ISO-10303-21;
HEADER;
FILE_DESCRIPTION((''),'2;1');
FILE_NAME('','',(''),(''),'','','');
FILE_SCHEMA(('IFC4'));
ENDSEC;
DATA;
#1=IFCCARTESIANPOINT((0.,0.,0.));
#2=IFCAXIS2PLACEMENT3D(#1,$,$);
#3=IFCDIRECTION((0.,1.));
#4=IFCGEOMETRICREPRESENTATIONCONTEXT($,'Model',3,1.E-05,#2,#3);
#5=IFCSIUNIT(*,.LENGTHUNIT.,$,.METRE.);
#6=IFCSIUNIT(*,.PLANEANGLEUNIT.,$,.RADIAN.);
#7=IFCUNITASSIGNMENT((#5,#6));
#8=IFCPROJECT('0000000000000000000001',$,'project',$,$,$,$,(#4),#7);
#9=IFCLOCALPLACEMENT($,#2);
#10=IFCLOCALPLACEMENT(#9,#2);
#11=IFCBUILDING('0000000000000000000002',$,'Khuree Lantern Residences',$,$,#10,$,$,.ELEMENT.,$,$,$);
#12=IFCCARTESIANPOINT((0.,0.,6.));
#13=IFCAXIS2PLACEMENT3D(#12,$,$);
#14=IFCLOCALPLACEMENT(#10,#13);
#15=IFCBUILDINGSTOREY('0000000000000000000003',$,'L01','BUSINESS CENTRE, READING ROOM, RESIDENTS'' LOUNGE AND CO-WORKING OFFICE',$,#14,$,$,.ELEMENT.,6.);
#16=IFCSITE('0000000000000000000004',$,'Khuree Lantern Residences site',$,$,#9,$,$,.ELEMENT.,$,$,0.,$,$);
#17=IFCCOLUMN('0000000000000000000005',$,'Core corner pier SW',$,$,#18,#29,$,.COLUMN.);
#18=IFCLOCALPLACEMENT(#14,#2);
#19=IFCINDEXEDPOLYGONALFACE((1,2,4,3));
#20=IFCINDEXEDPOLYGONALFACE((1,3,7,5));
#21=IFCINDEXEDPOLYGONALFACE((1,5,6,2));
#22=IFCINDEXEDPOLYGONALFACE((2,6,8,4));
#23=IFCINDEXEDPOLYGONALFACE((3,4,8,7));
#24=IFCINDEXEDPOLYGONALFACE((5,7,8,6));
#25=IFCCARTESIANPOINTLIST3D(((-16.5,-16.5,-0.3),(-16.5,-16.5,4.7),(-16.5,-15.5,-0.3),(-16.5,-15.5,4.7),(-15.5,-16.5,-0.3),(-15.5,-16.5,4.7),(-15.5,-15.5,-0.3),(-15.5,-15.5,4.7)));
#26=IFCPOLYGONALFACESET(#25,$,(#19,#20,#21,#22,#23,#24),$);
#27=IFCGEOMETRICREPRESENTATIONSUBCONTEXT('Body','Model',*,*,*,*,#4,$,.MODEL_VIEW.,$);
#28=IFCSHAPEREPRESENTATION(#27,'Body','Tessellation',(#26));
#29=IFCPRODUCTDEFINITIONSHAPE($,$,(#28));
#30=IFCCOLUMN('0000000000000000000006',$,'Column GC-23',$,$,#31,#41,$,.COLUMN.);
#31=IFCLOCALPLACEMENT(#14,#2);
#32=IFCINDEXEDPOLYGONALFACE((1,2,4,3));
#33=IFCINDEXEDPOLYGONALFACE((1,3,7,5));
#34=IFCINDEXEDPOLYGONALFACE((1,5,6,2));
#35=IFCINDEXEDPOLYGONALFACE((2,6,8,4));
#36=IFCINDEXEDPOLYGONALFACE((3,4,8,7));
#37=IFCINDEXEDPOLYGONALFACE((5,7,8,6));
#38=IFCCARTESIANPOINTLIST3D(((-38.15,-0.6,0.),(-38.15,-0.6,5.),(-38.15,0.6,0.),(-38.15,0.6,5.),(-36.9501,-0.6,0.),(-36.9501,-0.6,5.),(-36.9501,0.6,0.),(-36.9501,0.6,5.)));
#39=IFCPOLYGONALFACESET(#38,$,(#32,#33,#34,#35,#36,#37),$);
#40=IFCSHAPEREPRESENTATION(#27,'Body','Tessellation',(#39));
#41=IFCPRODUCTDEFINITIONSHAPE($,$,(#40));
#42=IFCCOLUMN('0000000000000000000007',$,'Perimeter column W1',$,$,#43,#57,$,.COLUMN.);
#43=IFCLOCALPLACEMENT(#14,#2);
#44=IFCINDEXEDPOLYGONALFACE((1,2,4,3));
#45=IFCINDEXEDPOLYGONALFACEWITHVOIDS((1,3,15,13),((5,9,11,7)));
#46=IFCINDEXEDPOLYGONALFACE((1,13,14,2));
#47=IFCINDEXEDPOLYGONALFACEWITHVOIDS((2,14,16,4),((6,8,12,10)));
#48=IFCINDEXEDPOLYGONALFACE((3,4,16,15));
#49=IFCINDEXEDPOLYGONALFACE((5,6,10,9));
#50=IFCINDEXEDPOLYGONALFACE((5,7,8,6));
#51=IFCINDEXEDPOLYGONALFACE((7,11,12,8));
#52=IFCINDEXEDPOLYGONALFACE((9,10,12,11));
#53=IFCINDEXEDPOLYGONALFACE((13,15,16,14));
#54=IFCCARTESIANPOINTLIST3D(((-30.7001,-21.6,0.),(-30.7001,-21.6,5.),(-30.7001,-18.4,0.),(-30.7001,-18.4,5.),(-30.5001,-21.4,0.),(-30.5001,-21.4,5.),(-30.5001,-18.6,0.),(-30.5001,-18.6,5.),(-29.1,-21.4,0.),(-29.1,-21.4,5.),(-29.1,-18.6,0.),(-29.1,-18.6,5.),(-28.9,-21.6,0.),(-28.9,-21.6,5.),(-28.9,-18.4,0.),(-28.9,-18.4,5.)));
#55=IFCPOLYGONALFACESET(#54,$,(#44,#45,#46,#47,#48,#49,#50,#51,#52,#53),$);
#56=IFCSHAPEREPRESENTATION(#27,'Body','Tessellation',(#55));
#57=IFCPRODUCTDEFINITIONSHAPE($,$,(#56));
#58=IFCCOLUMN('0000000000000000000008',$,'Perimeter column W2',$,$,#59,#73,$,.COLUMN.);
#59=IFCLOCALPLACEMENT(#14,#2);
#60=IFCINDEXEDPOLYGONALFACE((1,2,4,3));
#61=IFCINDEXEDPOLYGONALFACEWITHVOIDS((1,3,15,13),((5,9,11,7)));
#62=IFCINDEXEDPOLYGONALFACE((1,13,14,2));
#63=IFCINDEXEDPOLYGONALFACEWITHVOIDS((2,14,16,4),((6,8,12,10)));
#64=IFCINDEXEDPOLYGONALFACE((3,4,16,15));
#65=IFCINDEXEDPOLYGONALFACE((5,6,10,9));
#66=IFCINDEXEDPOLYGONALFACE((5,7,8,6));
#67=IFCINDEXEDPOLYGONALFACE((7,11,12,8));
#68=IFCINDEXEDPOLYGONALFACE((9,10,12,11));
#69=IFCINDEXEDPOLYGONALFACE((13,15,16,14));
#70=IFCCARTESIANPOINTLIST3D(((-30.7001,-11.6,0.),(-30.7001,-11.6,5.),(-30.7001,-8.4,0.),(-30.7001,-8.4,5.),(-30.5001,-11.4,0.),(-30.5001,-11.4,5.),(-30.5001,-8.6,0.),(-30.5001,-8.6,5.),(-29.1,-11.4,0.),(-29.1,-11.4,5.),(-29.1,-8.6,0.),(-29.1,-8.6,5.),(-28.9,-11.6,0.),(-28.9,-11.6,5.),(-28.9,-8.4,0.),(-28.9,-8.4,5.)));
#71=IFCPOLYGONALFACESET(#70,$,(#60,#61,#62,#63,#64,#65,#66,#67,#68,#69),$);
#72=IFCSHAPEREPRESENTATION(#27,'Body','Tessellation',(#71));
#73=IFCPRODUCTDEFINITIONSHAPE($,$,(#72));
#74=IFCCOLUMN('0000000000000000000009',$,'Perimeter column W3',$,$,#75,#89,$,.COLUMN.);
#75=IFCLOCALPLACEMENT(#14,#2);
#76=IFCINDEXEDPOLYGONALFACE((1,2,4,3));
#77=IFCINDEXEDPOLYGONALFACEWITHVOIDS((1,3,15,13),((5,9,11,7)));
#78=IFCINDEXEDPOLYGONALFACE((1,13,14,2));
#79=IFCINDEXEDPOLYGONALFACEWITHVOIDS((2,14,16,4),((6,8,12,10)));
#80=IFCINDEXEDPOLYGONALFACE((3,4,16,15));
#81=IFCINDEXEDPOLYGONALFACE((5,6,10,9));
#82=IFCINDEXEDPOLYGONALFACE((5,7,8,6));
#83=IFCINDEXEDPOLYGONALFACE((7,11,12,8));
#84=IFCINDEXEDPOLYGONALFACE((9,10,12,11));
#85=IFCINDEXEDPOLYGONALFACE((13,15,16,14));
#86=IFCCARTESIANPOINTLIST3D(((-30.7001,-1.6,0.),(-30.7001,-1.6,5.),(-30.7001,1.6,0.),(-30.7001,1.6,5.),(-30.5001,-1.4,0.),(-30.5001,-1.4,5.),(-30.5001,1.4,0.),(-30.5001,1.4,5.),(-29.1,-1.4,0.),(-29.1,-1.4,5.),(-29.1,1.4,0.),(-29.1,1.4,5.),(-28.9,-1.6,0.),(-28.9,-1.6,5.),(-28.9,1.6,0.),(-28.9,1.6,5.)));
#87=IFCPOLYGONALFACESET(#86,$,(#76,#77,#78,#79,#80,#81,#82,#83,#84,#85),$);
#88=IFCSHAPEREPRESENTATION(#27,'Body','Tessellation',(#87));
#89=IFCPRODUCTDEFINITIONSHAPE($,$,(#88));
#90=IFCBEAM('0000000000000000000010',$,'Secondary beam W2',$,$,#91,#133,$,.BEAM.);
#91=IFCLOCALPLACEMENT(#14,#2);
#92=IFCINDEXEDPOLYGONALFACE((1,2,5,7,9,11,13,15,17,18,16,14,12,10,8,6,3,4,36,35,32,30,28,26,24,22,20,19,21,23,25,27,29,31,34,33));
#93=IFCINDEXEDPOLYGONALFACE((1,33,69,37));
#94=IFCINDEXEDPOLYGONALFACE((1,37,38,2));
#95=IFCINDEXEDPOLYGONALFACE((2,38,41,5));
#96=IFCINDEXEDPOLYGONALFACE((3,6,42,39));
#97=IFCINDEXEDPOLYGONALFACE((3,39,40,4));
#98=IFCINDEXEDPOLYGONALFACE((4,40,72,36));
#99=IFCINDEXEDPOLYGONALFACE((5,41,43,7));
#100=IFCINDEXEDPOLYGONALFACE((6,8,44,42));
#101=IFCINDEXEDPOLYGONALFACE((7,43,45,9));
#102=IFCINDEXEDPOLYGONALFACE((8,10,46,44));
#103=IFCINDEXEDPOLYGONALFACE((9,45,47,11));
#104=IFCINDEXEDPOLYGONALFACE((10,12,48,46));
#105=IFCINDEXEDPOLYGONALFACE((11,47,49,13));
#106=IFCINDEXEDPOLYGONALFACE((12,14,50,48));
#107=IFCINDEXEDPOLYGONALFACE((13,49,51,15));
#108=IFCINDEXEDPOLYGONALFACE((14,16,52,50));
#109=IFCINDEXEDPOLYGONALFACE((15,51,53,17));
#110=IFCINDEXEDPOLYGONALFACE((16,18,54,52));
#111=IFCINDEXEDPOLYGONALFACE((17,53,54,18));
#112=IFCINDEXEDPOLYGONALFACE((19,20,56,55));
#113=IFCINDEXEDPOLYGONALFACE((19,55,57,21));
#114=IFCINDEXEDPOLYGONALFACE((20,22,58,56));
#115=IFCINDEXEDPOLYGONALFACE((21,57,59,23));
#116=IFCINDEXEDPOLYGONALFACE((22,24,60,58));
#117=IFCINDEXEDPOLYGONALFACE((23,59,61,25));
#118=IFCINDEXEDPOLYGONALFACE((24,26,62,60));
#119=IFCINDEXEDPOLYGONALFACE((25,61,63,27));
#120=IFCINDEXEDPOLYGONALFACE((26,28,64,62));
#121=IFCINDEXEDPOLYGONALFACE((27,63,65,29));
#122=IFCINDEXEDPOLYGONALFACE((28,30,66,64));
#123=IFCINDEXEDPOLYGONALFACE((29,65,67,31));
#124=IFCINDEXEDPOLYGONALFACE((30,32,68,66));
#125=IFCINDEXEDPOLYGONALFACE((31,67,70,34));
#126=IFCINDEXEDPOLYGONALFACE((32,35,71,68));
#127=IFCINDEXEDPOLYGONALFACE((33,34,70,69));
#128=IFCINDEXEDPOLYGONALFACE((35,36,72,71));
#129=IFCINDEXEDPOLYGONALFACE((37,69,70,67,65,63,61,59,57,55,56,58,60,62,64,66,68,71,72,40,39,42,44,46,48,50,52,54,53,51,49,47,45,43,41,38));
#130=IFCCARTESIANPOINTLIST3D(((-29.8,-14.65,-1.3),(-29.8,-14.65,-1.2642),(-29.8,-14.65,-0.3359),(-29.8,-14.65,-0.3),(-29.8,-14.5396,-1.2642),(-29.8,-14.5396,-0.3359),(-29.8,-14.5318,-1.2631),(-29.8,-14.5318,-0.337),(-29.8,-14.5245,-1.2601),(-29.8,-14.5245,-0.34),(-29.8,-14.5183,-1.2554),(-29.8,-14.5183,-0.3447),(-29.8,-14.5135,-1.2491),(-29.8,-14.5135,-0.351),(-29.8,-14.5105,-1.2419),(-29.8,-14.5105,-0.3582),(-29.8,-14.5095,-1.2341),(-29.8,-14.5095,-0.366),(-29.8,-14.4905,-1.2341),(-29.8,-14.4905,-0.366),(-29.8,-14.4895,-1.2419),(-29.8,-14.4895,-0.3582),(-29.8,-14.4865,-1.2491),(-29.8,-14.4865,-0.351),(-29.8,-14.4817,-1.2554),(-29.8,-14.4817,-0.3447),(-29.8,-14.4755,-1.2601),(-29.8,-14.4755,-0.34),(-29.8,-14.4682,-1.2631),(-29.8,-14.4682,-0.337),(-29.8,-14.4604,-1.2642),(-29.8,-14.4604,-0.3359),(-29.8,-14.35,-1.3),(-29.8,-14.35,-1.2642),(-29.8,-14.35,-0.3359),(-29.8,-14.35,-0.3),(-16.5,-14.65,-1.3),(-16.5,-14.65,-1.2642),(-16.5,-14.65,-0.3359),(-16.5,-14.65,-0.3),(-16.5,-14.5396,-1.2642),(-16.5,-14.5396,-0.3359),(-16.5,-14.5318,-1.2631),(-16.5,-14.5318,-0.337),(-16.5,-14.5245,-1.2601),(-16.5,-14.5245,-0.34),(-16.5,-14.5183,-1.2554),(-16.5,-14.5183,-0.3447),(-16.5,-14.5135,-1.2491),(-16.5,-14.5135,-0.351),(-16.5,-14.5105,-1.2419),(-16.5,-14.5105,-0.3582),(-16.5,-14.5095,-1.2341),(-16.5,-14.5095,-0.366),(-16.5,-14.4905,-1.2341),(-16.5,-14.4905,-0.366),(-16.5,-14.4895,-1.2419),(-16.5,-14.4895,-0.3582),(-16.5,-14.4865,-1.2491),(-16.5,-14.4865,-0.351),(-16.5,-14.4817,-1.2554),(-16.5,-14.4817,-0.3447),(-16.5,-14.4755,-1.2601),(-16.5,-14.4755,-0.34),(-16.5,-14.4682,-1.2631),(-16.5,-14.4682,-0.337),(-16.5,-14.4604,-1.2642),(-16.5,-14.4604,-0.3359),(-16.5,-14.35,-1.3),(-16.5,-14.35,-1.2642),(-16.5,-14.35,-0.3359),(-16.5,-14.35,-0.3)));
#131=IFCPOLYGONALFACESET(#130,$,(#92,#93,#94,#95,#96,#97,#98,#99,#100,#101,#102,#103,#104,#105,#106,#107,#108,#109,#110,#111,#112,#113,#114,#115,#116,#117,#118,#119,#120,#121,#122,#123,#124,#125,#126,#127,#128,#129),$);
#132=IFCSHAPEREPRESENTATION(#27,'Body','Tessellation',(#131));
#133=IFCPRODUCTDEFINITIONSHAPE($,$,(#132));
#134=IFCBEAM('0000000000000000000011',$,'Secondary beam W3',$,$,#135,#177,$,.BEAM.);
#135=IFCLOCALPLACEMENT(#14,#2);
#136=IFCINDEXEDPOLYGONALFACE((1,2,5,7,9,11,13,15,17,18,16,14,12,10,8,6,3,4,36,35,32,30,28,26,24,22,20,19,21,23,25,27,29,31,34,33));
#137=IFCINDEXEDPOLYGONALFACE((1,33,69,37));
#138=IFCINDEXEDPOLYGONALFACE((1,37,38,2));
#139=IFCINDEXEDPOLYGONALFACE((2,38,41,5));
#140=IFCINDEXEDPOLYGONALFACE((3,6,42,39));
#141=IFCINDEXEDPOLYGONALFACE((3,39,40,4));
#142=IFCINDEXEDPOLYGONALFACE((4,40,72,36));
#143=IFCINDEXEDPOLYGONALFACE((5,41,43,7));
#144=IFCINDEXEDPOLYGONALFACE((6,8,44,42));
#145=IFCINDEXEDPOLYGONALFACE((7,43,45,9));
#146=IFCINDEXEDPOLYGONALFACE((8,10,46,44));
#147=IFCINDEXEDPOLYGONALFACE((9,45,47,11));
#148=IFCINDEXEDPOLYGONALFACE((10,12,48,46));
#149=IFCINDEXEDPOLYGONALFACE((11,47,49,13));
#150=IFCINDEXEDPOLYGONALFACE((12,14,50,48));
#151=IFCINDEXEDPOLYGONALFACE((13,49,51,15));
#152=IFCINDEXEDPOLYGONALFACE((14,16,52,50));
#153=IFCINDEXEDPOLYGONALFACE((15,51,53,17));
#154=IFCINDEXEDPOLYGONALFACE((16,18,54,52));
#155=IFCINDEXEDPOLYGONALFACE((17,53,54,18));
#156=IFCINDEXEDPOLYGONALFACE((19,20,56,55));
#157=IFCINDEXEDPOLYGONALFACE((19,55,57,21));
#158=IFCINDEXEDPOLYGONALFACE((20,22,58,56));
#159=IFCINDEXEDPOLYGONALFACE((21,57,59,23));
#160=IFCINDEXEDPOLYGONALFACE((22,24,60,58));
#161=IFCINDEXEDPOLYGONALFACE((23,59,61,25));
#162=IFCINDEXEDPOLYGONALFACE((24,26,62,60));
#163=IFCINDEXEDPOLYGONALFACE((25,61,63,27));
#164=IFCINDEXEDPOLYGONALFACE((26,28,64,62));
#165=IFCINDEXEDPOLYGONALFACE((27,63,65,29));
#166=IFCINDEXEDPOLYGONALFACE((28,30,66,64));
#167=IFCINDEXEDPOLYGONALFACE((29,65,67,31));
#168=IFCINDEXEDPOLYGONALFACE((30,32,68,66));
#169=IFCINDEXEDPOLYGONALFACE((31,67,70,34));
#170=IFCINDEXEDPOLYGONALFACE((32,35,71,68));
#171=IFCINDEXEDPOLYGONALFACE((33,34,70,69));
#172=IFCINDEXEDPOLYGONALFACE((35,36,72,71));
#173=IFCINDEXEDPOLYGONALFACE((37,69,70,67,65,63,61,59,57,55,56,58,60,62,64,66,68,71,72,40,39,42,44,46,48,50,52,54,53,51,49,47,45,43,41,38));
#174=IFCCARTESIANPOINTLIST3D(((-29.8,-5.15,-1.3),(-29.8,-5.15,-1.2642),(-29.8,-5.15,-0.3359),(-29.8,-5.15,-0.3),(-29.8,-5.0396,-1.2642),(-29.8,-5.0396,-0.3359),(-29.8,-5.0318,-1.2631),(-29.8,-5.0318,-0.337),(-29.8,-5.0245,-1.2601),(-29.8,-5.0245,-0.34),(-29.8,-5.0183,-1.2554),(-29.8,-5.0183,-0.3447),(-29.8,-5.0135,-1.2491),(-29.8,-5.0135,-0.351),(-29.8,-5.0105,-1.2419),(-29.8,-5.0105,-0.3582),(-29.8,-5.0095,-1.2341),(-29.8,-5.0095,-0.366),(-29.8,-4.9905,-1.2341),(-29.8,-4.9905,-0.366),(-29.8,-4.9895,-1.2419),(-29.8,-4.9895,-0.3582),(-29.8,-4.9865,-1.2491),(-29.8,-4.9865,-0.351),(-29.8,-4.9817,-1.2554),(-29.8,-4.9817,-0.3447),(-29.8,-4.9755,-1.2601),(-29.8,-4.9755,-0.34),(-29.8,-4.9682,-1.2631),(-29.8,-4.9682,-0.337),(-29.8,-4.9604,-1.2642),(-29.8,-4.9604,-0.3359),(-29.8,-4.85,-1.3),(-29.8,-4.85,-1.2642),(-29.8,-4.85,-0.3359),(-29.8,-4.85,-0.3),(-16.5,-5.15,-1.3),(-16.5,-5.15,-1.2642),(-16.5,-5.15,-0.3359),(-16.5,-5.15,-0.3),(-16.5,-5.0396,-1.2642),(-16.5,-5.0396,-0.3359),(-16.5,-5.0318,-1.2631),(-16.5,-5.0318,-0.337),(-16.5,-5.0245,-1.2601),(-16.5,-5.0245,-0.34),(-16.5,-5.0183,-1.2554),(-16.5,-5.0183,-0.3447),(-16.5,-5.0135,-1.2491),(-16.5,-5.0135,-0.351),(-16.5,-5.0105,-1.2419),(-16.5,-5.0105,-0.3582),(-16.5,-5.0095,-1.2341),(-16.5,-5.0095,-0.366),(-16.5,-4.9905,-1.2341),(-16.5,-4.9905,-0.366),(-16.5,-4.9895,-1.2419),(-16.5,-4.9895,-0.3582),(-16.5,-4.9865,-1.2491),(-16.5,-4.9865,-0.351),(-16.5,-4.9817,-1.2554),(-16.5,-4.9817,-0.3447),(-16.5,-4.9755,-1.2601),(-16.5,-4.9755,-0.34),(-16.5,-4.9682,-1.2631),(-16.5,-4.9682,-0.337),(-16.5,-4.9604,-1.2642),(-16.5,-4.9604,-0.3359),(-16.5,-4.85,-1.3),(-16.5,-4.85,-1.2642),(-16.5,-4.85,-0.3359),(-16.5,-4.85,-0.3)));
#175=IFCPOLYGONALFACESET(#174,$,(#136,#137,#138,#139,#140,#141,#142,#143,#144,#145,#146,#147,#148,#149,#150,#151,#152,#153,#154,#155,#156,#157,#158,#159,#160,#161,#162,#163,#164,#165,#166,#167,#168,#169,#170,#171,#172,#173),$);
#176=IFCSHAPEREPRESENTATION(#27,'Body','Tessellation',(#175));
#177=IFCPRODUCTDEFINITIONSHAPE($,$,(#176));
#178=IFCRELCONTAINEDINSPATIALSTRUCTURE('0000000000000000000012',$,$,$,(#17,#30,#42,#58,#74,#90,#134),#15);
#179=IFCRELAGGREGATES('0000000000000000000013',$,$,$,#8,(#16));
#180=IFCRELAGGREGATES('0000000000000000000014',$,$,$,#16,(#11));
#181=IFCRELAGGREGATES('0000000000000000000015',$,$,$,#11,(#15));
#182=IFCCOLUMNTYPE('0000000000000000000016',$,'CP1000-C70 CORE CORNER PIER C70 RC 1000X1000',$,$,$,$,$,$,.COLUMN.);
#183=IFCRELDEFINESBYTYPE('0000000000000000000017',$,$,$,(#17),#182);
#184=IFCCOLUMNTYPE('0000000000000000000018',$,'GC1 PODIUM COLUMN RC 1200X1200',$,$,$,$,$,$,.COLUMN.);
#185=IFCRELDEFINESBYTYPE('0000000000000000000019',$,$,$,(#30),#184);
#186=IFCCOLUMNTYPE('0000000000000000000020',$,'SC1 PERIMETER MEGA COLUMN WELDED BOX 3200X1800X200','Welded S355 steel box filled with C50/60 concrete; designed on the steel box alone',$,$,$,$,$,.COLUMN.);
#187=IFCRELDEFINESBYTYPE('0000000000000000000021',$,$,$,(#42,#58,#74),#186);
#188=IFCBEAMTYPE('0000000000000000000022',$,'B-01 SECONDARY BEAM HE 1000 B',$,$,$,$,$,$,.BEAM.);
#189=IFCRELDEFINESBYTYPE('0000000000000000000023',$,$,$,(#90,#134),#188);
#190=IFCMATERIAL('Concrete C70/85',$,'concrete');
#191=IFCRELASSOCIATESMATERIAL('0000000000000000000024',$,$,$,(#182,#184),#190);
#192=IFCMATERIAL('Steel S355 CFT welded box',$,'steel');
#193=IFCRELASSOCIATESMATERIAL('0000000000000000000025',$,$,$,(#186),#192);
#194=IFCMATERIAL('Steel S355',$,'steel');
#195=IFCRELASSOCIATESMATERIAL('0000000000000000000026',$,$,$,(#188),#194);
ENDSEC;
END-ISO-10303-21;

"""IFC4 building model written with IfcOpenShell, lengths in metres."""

from ifc_helpers import new_model, si_unit, direction, frame, origin, origin_2d, place, context, subcontext, project, spatial, rectangle, hollow_rectangle, i_section, extrude, material, material_profile, profile_set, type_object, element, save


model = new_model("IFC4")

# Units and contexts
model_context = context("Model", 3, precision=1e-05, world=origin(), true_north=direction((0.0, 1.0)))
body_context = subcontext(model_context, "Body", "Model", "MODEL_VIEW")
ifc_project = project(units=[si_unit("LENGTHUNIT", "METRE"), si_unit("PLANEANGLEUNIT", "RADIAN")], contexts=[model_context])

# Site, building, storey
site_placement = place(None, origin())
site = spatial("IfcSite", under=ifc_project, at=site_placement, Name="Khuree Lantern Residences site", CompositionType="ELEMENT", RefElevation=0.0)
building_placement = place(site_placement, origin())
building = spatial("IfcBuilding", under=site, at=building_placement, Name="Khuree Lantern Residences", CompositionType="ELEMENT")
storey_placement = place(building_placement, frame((0.0, 0.0, 6.0)))
storey = spatial("IfcBuildingStorey", under=building, at=storey_placement, Name="L01", Description="BUSINESS CENTRE, READING ROOM, RESIDENTS' LOUNGE AND CO-WORKING OFFICE", CompositionType="ELEMENT", Elevation=6.0)

# Columns
ifc_material_1 = material(Name="Concrete C70/85", Category="concrete")
ifc_material_profile_1 = material_profile(ifc_material_1, rectangle(XDim=1.0, YDim=1.0, at=origin_2d()), Name="RC 1000X1000")
ifc_profile_set_1 = profile_set([ifc_material_profile_1], Name="Concrete C70/85")
column_type_1 = type_object("IfcColumnType", Name="CP1000-C70 CORE CORNER PIER C70 RC 1000X1000", PredefinedType="COLUMN", material=ifc_profile_set_1)
column_1_placement = place(storey_placement, frame((-16.0, -16.0, -0.3), z_axis=(0.0, 0.0, 1.0), x_axis=(1.0, 0.0, 0.0)))
element("IfcColumn", 1, at=column_1_placement, inside=storey, type_object=column_type_1, Name="Core corner pier SW", PredefinedType="COLUMN", context=body_context, shape_type="SweptSolid", body=[
    extrude(rectangle(XDim=1.0, YDim=1.0, at=origin_2d()), origin(), (0.0, 0.0, 1.0), 5.0),
])
ifc_material_profile_2 = material_profile(ifc_material_1, rectangle(XDim=1.2, YDim=1.2, at=origin_2d()), Name="RC 1200X1200")
ifc_profile_set_2 = profile_set([ifc_material_profile_2], Name="Concrete C70/85")
column_type_2 = type_object("IfcColumnType", Name="GC1 PODIUM COLUMN RC 1200X1200", PredefinedType="COLUMN", material=ifc_profile_set_2)
column_2_placement = place(storey_placement, frame((-37.55, 0.0, 0.0), z_axis=(0.0, 0.0, 1.0), x_axis=(1.0, 0.0, 0.0)))
element("IfcColumn", 2, at=column_2_placement, inside=storey, type_object=column_type_2, Name="Column GC-23", PredefinedType="COLUMN", context=body_context, shape_type="SweptSolid", body=[
    extrude(rectangle(XDim=1.2, YDim=1.2, at=origin_2d()), origin(), (0.0, 0.0, 1.0), 5.0),
])
ifc_material_2 = material(Name="Steel S355 CFT welded box", Category="steel")
ifc_material_profile_3 = material_profile(ifc_material_2, hollow_rectangle(XDim=3.2, YDim=1.8, WallThickness=0.2, at=origin_2d()), Name="WELDED BOX 3200X1800X200")
ifc_profile_set_3 = profile_set([ifc_material_profile_3], Name="Steel S355 CFT welded box")
column_type_3 = type_object("IfcColumnType", Name="SC1 PERIMETER MEGA COLUMN WELDED BOX 3200X1800X200", Description="Welded S355 steel box filled with C50/60 concrete; designed on the steel box alone", PredefinedType="COLUMN", material=ifc_profile_set_3)
for number, where, z_axis, x_axis, name in (
    (3, (-29.8, -20.0, 0.0), (0.0, 0.0, 1.0), (0.0, 1.0, 0.0), "Perimeter column W1"),
    (4, (-29.8, -10.0, 0.0), (0.0, 0.0, 1.0), (0.0, 1.0, 0.0), "Perimeter column W2"),
    (5, (-29.8, 0.0, 0.0), (0.0, 0.0, 1.0), (0.0, 1.0, 0.0), "Perimeter column W3"),
):
    element("IfcColumn", number, at=place(storey_placement, frame(where, z_axis=z_axis, x_axis=x_axis)), inside=storey, type_object=column_type_3, Name=name, PredefinedType="COLUMN", context=body_context, shape_type="SweptSolid", body=[
        extrude(hollow_rectangle(XDim=3.2, YDim=1.8, WallThickness=0.2, at=origin_2d()), origin(), (0.0, 0.0, 1.0), 5.0),
    ])

# Beams
ifc_material_3 = material(Name="Steel S355", Category="steel")
ifc_material_profile_4 = material_profile(ifc_material_3, i_section(OverallWidth=0.3, OverallDepth=1.0, WebThickness=0.019, FlangeThickness=0.0359, FilletRadius=0.03, at=origin_2d()), Name="HE 1000 B")
ifc_profile_set_4 = profile_set([ifc_material_profile_4], Name="Steel S355")
beam_type_1 = type_object("IfcBeamType", Name="B-01 SECONDARY BEAM HE 1000 B", PredefinedType="BEAM", material=ifc_profile_set_4)
for number, where, z_axis, x_axis, name in (
    (6, (-29.8, -14.5, -0.8), (1.0, 0.0, 0.0), (0.0, 1.0, 0.0), "Secondary beam W2"),
    (7, (-29.8, -5.0, -0.8), (1.0, 0.0, 0.0), (0.0, 1.0, 0.0), "Secondary beam W3"),
):
    element("IfcBeam", number, at=place(storey_placement, frame(where, z_axis=z_axis, x_axis=x_axis)), inside=storey, type_object=beam_type_1, Name=name, PredefinedType="BEAM", context=body_context, shape_type="SweptSolid", body=[
        extrude(i_section(OverallWidth=0.3, OverallDepth=1.0, WebThickness=0.019, FlangeThickness=0.0359, FilletRadius=0.03, at=origin_2d()), origin(), (0.0, 0.0, 1.0), 13.3),
    ])

save(model, "model.ifc")
